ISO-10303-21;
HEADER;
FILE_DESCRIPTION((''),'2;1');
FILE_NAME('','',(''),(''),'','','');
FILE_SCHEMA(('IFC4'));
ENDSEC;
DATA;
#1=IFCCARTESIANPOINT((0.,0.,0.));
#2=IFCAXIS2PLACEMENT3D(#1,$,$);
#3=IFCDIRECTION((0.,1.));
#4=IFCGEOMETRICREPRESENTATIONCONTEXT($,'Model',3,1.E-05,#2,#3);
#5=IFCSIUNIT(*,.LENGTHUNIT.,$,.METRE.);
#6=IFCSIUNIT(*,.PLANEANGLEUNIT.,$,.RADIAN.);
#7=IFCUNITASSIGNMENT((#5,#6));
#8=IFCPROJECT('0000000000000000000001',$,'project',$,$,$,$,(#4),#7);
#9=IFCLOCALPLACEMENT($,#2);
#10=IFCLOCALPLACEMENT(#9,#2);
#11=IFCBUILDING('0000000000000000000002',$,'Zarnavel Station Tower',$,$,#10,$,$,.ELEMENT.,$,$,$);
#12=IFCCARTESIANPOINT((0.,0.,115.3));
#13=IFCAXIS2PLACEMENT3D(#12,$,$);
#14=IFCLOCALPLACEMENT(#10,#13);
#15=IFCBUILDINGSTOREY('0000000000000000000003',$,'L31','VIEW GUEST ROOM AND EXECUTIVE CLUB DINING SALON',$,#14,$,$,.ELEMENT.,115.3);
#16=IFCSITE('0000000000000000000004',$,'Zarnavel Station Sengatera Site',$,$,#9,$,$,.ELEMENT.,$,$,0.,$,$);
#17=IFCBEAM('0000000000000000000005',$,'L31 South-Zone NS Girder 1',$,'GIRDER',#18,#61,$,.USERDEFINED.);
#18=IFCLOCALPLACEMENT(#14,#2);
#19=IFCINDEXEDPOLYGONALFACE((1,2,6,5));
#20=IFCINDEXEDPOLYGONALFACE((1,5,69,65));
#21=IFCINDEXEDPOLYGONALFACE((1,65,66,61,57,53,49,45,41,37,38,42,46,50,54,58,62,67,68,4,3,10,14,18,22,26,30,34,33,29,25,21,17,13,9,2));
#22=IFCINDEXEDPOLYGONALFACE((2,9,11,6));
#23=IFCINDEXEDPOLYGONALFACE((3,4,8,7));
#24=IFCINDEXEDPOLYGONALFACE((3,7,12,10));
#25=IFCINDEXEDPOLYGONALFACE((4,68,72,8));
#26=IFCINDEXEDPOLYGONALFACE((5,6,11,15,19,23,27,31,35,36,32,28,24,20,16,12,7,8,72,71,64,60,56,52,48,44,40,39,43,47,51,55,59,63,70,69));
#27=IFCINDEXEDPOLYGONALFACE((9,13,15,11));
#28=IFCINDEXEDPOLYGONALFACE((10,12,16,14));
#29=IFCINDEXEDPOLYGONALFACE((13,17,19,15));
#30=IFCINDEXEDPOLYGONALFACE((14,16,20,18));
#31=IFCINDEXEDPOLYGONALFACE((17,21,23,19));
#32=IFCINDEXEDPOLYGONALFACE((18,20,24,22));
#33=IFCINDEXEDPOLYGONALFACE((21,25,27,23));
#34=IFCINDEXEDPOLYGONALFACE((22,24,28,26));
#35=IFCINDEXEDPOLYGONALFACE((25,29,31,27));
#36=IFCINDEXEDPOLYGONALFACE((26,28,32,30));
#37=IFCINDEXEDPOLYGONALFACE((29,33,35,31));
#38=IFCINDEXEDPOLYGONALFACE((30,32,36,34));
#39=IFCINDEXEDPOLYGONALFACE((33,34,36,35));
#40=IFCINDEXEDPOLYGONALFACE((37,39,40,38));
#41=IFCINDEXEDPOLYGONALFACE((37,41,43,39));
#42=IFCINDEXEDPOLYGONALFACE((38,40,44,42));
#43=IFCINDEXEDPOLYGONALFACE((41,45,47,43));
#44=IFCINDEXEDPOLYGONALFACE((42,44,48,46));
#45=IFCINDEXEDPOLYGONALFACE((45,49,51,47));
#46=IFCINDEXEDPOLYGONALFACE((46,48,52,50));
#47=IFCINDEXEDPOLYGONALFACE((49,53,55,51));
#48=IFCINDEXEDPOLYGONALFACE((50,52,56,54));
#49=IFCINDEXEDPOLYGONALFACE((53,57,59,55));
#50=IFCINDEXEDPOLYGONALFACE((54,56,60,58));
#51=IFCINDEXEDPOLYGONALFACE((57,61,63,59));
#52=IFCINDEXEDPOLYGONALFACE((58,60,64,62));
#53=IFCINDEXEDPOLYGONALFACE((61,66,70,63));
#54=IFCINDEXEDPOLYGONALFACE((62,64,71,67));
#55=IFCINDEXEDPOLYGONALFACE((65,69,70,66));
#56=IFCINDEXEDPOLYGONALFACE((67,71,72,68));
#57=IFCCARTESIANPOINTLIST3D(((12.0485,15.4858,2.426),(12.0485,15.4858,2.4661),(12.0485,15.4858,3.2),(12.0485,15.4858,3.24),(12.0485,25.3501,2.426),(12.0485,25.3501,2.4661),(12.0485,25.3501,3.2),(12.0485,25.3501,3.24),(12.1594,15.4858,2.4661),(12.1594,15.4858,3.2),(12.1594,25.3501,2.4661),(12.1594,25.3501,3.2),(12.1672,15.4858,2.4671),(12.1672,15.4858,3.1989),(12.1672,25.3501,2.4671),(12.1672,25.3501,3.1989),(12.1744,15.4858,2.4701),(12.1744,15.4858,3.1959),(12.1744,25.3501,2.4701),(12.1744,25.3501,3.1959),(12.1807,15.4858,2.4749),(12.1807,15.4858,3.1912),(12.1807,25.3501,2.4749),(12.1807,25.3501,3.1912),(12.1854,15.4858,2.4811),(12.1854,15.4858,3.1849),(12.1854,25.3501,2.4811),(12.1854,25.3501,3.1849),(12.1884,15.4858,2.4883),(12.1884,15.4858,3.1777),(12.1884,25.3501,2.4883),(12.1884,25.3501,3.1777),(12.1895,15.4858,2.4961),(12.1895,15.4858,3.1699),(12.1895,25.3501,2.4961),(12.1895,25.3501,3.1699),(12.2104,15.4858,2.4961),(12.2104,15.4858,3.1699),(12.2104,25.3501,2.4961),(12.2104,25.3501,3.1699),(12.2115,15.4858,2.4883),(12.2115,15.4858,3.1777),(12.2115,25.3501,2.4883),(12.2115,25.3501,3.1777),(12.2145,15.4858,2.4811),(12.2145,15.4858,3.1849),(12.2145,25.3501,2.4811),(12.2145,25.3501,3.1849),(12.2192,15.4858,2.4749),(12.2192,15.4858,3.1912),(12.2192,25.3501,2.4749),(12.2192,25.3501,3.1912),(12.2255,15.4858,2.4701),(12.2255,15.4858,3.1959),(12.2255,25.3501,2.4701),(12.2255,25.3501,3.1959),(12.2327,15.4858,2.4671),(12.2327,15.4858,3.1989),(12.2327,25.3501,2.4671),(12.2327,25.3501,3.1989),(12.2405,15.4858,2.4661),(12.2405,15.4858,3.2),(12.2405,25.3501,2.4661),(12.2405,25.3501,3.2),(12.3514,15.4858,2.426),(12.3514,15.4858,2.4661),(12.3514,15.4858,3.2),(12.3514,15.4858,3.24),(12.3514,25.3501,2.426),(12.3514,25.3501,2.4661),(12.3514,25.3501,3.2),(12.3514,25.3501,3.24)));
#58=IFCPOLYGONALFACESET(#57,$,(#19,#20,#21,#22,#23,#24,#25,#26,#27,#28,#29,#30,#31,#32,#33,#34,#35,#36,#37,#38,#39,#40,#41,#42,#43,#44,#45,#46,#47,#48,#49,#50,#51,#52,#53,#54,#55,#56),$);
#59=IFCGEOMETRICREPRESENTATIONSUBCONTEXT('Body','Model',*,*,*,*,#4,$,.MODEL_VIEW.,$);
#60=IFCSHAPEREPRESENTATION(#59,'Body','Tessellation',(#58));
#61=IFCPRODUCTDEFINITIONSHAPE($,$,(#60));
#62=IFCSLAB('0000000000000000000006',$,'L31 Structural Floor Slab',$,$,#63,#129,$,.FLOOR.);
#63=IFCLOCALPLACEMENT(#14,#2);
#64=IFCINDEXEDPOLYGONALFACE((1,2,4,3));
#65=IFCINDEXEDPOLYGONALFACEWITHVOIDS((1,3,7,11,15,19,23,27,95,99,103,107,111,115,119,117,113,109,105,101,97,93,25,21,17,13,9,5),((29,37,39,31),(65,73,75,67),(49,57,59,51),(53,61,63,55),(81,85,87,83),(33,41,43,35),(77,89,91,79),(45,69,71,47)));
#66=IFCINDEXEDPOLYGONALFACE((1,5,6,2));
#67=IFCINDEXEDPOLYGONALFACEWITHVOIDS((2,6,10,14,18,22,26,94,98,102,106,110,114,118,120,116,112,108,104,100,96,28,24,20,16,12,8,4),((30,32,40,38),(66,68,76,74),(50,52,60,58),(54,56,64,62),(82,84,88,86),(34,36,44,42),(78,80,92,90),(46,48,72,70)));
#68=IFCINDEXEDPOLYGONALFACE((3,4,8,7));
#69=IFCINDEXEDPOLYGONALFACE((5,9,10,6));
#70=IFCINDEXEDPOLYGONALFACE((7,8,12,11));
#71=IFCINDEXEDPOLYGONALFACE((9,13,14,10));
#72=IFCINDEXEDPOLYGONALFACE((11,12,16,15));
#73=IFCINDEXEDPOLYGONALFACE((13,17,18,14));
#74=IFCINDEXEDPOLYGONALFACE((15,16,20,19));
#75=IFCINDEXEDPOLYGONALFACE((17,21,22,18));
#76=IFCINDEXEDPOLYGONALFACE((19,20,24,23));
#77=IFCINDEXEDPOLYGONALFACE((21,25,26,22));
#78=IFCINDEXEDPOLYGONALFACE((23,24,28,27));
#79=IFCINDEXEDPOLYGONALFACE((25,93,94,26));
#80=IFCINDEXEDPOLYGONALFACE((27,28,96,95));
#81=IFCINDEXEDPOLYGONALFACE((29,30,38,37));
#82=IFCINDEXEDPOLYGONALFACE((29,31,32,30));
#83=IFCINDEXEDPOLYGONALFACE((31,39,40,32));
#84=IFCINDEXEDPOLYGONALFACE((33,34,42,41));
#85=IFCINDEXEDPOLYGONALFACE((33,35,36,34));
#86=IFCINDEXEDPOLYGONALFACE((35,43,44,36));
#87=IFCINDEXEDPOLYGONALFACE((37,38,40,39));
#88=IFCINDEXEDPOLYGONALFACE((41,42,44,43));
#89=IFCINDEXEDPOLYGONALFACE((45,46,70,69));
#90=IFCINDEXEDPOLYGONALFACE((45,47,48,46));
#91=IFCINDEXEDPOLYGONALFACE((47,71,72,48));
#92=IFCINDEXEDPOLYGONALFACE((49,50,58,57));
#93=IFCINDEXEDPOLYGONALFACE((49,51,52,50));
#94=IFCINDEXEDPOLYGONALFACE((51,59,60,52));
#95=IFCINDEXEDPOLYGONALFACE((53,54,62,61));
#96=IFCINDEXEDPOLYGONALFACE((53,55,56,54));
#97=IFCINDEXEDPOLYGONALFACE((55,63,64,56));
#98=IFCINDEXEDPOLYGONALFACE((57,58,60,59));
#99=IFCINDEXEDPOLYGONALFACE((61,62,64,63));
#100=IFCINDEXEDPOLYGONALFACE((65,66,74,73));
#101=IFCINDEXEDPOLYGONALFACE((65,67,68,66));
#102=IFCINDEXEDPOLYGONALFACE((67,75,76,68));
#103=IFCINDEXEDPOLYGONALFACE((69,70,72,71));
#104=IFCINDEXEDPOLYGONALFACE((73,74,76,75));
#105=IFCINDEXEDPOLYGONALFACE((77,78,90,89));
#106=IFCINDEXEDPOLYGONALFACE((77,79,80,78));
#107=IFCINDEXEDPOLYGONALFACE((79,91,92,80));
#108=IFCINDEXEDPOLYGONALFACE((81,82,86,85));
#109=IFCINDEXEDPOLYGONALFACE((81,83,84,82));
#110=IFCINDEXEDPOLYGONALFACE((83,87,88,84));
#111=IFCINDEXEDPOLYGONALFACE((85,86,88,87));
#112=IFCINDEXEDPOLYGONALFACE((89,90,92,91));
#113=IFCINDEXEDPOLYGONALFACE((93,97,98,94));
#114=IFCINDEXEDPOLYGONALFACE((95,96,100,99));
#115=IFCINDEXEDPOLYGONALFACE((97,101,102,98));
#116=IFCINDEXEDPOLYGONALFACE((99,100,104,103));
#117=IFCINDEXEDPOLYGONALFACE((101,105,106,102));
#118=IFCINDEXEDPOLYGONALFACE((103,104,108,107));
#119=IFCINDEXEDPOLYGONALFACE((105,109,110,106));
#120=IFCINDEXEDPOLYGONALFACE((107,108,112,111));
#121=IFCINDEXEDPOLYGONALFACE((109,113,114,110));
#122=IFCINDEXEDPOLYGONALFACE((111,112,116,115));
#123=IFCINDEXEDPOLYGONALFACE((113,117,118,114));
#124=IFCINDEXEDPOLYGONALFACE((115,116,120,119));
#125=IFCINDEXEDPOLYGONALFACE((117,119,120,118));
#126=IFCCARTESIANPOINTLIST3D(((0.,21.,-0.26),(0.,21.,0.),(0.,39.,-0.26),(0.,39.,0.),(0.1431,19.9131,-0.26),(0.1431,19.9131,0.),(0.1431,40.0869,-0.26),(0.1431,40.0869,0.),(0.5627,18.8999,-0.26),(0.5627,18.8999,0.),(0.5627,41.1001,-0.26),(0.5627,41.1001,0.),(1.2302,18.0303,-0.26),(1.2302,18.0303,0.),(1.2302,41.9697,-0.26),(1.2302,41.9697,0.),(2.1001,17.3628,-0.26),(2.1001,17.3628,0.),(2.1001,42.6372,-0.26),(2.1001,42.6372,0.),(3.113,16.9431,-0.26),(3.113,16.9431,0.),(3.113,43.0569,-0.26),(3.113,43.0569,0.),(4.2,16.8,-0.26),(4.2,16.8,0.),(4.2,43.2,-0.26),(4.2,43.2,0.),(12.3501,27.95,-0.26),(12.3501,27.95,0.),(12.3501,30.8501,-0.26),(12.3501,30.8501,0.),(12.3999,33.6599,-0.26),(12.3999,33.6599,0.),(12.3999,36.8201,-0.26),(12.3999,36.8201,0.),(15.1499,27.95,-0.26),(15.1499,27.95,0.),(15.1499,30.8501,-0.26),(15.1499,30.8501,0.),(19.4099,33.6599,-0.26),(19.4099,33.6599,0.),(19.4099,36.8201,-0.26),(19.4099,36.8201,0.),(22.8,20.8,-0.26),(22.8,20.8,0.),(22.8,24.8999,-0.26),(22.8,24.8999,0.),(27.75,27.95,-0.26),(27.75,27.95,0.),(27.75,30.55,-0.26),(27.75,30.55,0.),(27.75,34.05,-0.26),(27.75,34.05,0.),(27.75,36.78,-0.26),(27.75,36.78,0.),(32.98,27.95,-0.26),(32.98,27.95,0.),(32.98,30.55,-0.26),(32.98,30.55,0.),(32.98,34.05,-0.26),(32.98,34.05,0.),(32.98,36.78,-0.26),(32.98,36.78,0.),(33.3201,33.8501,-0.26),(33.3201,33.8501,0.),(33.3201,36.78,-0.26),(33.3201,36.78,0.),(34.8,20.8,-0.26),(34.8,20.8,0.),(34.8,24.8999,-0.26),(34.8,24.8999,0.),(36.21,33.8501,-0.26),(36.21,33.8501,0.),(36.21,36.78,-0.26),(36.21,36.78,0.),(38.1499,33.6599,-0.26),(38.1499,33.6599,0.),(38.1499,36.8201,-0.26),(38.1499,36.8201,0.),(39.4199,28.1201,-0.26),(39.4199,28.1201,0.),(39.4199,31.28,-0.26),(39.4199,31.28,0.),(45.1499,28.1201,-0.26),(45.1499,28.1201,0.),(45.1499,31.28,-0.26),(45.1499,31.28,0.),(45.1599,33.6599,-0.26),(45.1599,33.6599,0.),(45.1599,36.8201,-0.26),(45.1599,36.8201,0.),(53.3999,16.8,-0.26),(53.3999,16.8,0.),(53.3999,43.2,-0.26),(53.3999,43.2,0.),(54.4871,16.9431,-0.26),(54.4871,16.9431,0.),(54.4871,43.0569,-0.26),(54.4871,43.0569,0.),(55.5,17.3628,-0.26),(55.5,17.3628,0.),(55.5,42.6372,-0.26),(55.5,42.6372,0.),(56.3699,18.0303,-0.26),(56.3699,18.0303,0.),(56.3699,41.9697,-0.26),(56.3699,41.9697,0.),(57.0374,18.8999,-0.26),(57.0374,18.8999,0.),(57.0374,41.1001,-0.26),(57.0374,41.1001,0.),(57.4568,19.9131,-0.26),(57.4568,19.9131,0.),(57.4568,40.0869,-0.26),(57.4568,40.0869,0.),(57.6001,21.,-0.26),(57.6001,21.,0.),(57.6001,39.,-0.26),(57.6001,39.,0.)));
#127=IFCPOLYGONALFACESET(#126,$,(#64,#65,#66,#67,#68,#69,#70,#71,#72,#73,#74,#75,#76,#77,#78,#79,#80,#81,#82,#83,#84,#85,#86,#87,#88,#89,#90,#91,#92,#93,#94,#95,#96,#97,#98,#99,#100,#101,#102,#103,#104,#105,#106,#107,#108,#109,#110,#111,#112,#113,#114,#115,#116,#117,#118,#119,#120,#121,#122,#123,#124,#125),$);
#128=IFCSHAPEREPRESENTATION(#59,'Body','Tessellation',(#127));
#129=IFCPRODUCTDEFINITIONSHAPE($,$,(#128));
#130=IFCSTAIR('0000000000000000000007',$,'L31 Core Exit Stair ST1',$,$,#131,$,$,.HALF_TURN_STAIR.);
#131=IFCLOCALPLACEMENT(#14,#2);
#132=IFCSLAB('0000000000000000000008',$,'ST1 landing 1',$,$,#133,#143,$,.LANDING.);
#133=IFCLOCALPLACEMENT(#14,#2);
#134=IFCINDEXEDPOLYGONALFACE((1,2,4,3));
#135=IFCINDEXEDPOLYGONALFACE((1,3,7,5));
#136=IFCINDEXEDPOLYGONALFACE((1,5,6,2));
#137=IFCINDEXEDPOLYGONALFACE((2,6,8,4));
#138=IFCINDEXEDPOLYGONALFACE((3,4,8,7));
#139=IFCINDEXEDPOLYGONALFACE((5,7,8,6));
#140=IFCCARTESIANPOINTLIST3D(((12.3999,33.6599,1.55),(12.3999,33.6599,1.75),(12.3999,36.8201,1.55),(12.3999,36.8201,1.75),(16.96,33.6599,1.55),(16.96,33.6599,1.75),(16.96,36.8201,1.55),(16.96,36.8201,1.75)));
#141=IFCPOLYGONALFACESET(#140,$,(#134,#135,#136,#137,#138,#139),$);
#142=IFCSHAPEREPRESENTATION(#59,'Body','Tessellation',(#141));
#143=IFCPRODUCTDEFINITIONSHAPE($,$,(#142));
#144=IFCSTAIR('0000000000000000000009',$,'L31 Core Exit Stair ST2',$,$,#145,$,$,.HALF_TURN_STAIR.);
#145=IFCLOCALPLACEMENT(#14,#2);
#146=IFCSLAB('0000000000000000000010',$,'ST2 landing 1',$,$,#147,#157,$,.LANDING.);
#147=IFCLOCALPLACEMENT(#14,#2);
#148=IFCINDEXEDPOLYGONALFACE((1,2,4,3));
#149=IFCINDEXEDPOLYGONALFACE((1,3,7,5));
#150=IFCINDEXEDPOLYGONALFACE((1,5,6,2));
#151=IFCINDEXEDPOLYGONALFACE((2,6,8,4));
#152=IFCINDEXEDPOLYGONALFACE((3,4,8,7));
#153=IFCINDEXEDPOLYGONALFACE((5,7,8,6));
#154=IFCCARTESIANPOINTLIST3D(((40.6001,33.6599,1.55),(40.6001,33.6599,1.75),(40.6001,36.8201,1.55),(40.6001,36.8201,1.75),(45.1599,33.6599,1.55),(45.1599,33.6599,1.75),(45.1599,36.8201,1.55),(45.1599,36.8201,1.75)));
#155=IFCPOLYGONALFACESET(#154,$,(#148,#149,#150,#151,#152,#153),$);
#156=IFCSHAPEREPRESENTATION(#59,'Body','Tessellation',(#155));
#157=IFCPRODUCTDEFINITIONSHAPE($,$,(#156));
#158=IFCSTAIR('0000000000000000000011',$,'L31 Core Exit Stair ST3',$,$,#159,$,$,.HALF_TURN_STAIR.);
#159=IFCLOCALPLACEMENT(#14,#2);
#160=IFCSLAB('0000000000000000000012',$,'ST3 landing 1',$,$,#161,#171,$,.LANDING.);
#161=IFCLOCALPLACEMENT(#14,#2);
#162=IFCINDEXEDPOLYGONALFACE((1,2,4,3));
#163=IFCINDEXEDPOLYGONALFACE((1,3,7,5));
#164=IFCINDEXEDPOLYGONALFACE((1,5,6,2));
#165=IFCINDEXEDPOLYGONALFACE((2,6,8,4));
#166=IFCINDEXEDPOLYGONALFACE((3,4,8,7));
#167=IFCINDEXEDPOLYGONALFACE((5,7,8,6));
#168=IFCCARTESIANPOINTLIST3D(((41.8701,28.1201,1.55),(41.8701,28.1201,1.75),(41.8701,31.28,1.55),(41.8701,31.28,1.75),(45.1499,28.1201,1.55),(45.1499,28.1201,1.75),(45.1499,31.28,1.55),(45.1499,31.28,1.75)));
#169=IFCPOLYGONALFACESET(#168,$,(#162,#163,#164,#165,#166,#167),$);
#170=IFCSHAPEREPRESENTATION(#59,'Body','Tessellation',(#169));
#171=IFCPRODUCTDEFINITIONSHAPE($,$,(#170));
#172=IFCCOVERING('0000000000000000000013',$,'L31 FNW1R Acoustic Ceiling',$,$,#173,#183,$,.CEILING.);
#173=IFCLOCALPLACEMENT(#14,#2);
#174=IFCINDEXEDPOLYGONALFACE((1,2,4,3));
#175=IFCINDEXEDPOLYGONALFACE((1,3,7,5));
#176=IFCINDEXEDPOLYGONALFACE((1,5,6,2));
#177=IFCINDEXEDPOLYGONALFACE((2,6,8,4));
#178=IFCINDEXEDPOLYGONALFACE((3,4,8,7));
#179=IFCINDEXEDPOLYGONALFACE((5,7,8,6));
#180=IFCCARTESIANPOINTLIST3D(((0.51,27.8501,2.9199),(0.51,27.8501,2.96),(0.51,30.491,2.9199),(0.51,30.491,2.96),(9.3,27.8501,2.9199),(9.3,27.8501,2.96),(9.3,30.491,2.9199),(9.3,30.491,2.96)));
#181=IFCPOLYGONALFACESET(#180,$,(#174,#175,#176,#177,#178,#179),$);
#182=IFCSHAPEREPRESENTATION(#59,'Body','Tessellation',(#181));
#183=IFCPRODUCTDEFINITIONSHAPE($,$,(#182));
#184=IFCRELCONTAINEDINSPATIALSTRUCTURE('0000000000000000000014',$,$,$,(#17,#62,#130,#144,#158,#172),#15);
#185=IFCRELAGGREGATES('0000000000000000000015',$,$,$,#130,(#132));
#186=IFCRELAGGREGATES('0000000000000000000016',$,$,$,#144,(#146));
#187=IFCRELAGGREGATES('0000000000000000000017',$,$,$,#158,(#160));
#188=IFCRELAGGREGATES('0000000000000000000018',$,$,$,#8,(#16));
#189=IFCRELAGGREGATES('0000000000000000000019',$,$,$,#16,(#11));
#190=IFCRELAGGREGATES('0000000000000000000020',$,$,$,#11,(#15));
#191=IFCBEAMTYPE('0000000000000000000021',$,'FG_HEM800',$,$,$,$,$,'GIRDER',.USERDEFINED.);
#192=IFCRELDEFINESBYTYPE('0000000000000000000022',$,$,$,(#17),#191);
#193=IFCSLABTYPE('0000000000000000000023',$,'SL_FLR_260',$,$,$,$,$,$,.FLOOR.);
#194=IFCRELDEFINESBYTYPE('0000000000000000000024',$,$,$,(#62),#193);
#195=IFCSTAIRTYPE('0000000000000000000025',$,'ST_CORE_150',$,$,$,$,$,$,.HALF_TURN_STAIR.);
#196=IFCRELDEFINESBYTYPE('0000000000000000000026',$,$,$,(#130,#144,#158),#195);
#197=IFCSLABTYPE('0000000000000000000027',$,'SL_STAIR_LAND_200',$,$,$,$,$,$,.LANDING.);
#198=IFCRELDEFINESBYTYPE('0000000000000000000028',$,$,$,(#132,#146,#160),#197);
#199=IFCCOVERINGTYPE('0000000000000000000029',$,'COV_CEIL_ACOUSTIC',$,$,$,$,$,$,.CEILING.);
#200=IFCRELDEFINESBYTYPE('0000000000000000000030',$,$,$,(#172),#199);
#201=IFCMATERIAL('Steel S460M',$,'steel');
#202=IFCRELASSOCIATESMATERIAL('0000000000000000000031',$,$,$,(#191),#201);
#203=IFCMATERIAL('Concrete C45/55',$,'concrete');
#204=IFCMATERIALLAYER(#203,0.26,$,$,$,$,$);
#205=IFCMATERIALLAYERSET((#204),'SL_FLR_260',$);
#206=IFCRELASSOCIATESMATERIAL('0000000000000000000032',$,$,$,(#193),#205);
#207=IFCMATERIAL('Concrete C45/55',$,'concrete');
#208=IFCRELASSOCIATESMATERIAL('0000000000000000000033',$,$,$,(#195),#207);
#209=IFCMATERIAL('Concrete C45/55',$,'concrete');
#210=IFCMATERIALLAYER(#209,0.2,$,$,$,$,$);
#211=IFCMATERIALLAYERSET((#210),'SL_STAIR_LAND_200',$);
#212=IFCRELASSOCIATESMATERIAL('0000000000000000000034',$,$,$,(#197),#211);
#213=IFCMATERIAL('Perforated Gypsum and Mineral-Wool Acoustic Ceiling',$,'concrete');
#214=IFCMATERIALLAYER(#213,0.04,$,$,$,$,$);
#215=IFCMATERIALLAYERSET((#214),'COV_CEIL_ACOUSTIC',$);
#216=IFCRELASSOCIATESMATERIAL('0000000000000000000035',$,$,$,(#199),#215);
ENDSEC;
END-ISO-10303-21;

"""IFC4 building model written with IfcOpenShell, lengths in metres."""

from ifc_helpers import new_model, si_unit, direction, frame, origin, origin_2d, place, context, subcontext, project, spatial, polyline, i_section, outline, extrude, material, layer, layer_set, material_profile, profile_set, type_object, element, aggregate, save


model = new_model("IFC4")

# Units and contexts
model_context = context("Model", 3, precision=1e-05, world=origin(), true_north=direction((0.0, 1.0)))
body_context = subcontext(model_context, "Body", "Model", "MODEL_VIEW")
ifc_project = project(units=[si_unit("LENGTHUNIT", "METRE"), si_unit("PLANEANGLEUNIT", "RADIAN")], contexts=[model_context])

# Site, building, storey
site_placement = place(None, origin())
site = spatial("IfcSite", under=ifc_project, at=site_placement, Name="Zarnavel Station Sengatera Site", CompositionType="ELEMENT", RefElevation=0.0)
building_placement = place(site_placement, origin())
building = spatial("IfcBuilding", under=site, at=building_placement, Name="Zarnavel Station Tower", CompositionType="ELEMENT")
storey_placement = place(building_placement, frame((0.0, 0.0, 115.3)))
storey = spatial("IfcBuildingStorey", under=building, at=storey_placement, Name="L31", Description="VIEW GUEST ROOM AND EXECUTIVE CLUB DINING SALON", CompositionType="ELEMENT", Elevation=115.3)

# Beam
ifc_material_1 = material(Name="Steel S460M", Category="steel")
ifc_material_profile = material_profile(ifc_material_1, i_section(OverallWidth=0.303, OverallDepth=0.814, WebThickness=0.021, FlangeThickness=0.04, FilletRadius=0.03, at=origin_2d()), Name="HEM800")
ifc_profile_set = profile_set([ifc_material_profile], Name="Steel S460M")
beam_type = type_object("IfcBeamType", Name="FG_HEM800", ElementType="GIRDER", PredefinedType="USERDEFINED", material=ifc_profile_set)
beam_placement = place(storey_placement, frame((12.2, 15.4858, 2.833), z_axis=(0.0, 1.0, 0.0), x_axis=(-1.0, 0.0, 0.0)))
element("IfcBeam", 1, at=beam_placement, inside=storey, type_object=beam_type, Name="L31 South-Zone NS Girder 1", ObjectType="GIRDER", PredefinedType="USERDEFINED", context=body_context, shape_type="SweptSolid", body=[
    extrude(i_section(OverallWidth=0.303, OverallDepth=0.814, WebThickness=0.021, FlangeThickness=0.04, FilletRadius=0.03, at=origin_2d()), origin(), (0.0, 0.0, 1.0), 9.8643),
])

# Slab
ifc_material_2 = material(Name="Concrete C45/55", Category="concrete")
ifc_layer_1 = layer(ifc_material_2, 0.26)
ifc_layer_set_1 = layer_set([ifc_layer_1], Name="SL_FLR_260")
slab_type_1 = type_object("IfcSlabType", Name="SL_FLR_260", PredefinedType="FLOOR", material=ifc_layer_set_1)
slab_1_placement = place(storey_placement, frame((0.0, 0.0, -0.26)))
element("IfcSlab", 2, at=slab_1_placement, inside=storey, type_object=slab_type_1, Name="L31 Structural Floor Slab", PredefinedType="FLOOR", context=body_context, shape_type="SweptSolid", body=[
    extrude(outline(polyline([(53.3999, 16.8), (54.4871, 16.9431), (55.5, 17.3628), (56.3699, 18.0303), (57.0374, 18.8999), (57.4568, 19.9131), (57.6001, 21.0), (57.6001, 39.0), (57.4568, 40.0869), (57.0374, 41.1001), (56.3699, 41.9697), (55.5, 42.6372), (54.4871, 43.0569), (53.3999, 43.2), (4.2, 43.2), (3.113, 43.0569), (2.1001, 42.6372), (1.2302, 41.9697), (0.5627, 41.1001), (0.1431, 40.0869), (0.0, 39.0), (0.0, 21.0), (0.1431, 19.9131), (0.5627, 18.8999), (1.2302, 18.0303), (2.1001, 17.3628), (3.113, 16.9431), (4.2, 16.8), (53.3999, 16.8)]), holes=[polyline([(12.3999, 33.6599), (19.4099, 33.6599), (19.4099, 36.8201), (12.3999, 36.8201), (12.3999, 33.6599)]), polyline([(38.1499, 33.6599), (45.1599, 33.6599), (45.1599, 36.8201), (38.1499, 36.8201), (38.1499, 33.6599)]), polyline([(39.4199, 28.1201), (45.1499, 28.1201), (45.1499, 31.28), (39.4199, 31.28), (39.4199, 28.1201)]), polyline([(12.3501, 27.95), (15.1499, 27.95), (15.1499, 30.8501), (12.3501, 30.8501), (12.3501, 27.95)]), polyline([(33.3201, 33.8501), (36.21, 33.8501), (36.21, 36.78), (33.3201, 36.78), (33.3201, 33.8501)]), polyline([(27.75, 34.05), (32.98, 34.05), (32.98, 36.78), (27.75, 36.78), (27.75, 34.05)]), polyline([(27.75, 27.95), (32.98, 27.95), (32.98, 30.55), (27.75, 30.55), (27.75, 27.95)]), polyline([(22.8, 20.8), (34.8, 20.8), (34.8, 24.8999), (22.8, 24.8999), (22.8, 20.8)])]), origin(), (0.0, 0.0, 1.0), 0.26),
])

# Stairs, slabs
ifc_material_3 = material(Name="Concrete C45/55", Category="concrete")
stair_type = type_object("IfcStairType", Name="ST_CORE_150", PredefinedType="HALF_TURN_STAIR", material=ifc_material_3)
stair_1_placement = place(storey_placement, origin())
stair_1 = element("IfcStair", 3, at=stair_1_placement, inside=storey, type_object=stair_type, Name="L31 Core Exit Stair ST1", PredefinedType="HALF_TURN_STAIR")
ifc_material_4 = material(Name="Concrete C45/55", Category="concrete")
ifc_layer_2 = layer(ifc_material_4, 0.2)
ifc_layer_set_2 = layer_set([ifc_layer_2], Name="SL_STAIR_LAND_200")
slab_type_2 = type_object("IfcSlabType", Name="SL_STAIR_LAND_200", PredefinedType="LANDING", material=ifc_layer_set_2)
slab_2_placement = place(storey_placement, frame((0.0, 0.0, 1.55)))
slab_2 = element("IfcSlab", 4, at=slab_2_placement, type_object=slab_type_2, Name="ST1 landing 1", PredefinedType="LANDING", context=body_context, shape_type="SweptSolid", body=[
    extrude(outline(polyline([(16.96, 36.8201), (12.3999, 36.8201), (12.3999, 33.6599), (16.96, 33.6599), (16.96, 36.8201)])), origin(), (0.0, 0.0, 1.0), 0.2),
])
aggregate(stair_1, [slab_2])
stair_2_placement = place(storey_placement, origin())
stair_2 = element("IfcStair", 5, at=stair_2_placement, inside=storey, type_object=stair_type, Name="L31 Core Exit Stair ST2", PredefinedType="HALF_TURN_STAIR")
slab_3_placement = place(storey_placement, frame((0.0, 0.0, 1.55)))
slab_3 = element("IfcSlab", 6, at=slab_3_placement, type_object=slab_type_2, Name="ST2 landing 1", PredefinedType="LANDING", context=body_context, shape_type="SweptSolid", body=[
    extrude(outline(polyline([(40.6001, 33.6599), (45.1599, 33.6599), (45.1599, 36.8201), (40.6001, 36.8201), (40.6001, 33.6599)])), origin(), (0.0, 0.0, 1.0), 0.2),
])
aggregate(stair_2, [slab_3])
stair_3_placement = place(storey_placement, origin())
stair_3 = element("IfcStair", 7, at=stair_3_placement, inside=storey, type_object=stair_type, Name="L31 Core Exit Stair ST3", PredefinedType="HALF_TURN_STAIR")
slab_4_placement = place(storey_placement, frame((0.0, 0.0, 1.55)))
slab_4 = element("IfcSlab", 8, at=slab_4_placement, type_object=slab_type_2, Name="ST3 landing 1", PredefinedType="LANDING", context=body_context, shape_type="SweptSolid", body=[
    extrude(outline(polyline([(41.8701, 28.1201), (45.1499, 28.1201), (45.1499, 31.28), (41.8701, 31.28), (41.8701, 28.1201)])), origin(), (0.0, 0.0, 1.0), 0.2),
])
aggregate(stair_3, [slab_4])

# Covering
ifc_material_5 = material(Name="Perforated Gypsum and Mineral-Wool Acoustic Ceiling", Category="concrete")
ifc_layer_3 = layer(ifc_material_5, 0.04)
ifc_layer_set_3 = layer_set([ifc_layer_3], Name="COV_CEIL_ACOUSTIC")
covering_type_1 = type_object("IfcCoveringType", Name="COV_CEIL_ACOUSTIC", PredefinedType="CEILING", material=ifc_layer_set_3)
covering_1_placement = place(storey_placement, frame((0.0, 0.0, 2.9199)))
element("IfcCovering", 9, at=covering_1_placement, inside=storey, type_object=covering_type_1, Name="L31 FNW1R Acoustic Ceiling", PredefinedType="CEILING", context=body_context, shape_type="SweptSolid", body=[
    extrude(outline(polyline([(0.51, 27.8501), (9.3, 27.8501), (9.3, 30.491), (0.51, 30.491), (0.51, 27.8501)])), origin(), (0.0, 0.0, 1.0), 0.04),
])

save(model, "model.ifc")
